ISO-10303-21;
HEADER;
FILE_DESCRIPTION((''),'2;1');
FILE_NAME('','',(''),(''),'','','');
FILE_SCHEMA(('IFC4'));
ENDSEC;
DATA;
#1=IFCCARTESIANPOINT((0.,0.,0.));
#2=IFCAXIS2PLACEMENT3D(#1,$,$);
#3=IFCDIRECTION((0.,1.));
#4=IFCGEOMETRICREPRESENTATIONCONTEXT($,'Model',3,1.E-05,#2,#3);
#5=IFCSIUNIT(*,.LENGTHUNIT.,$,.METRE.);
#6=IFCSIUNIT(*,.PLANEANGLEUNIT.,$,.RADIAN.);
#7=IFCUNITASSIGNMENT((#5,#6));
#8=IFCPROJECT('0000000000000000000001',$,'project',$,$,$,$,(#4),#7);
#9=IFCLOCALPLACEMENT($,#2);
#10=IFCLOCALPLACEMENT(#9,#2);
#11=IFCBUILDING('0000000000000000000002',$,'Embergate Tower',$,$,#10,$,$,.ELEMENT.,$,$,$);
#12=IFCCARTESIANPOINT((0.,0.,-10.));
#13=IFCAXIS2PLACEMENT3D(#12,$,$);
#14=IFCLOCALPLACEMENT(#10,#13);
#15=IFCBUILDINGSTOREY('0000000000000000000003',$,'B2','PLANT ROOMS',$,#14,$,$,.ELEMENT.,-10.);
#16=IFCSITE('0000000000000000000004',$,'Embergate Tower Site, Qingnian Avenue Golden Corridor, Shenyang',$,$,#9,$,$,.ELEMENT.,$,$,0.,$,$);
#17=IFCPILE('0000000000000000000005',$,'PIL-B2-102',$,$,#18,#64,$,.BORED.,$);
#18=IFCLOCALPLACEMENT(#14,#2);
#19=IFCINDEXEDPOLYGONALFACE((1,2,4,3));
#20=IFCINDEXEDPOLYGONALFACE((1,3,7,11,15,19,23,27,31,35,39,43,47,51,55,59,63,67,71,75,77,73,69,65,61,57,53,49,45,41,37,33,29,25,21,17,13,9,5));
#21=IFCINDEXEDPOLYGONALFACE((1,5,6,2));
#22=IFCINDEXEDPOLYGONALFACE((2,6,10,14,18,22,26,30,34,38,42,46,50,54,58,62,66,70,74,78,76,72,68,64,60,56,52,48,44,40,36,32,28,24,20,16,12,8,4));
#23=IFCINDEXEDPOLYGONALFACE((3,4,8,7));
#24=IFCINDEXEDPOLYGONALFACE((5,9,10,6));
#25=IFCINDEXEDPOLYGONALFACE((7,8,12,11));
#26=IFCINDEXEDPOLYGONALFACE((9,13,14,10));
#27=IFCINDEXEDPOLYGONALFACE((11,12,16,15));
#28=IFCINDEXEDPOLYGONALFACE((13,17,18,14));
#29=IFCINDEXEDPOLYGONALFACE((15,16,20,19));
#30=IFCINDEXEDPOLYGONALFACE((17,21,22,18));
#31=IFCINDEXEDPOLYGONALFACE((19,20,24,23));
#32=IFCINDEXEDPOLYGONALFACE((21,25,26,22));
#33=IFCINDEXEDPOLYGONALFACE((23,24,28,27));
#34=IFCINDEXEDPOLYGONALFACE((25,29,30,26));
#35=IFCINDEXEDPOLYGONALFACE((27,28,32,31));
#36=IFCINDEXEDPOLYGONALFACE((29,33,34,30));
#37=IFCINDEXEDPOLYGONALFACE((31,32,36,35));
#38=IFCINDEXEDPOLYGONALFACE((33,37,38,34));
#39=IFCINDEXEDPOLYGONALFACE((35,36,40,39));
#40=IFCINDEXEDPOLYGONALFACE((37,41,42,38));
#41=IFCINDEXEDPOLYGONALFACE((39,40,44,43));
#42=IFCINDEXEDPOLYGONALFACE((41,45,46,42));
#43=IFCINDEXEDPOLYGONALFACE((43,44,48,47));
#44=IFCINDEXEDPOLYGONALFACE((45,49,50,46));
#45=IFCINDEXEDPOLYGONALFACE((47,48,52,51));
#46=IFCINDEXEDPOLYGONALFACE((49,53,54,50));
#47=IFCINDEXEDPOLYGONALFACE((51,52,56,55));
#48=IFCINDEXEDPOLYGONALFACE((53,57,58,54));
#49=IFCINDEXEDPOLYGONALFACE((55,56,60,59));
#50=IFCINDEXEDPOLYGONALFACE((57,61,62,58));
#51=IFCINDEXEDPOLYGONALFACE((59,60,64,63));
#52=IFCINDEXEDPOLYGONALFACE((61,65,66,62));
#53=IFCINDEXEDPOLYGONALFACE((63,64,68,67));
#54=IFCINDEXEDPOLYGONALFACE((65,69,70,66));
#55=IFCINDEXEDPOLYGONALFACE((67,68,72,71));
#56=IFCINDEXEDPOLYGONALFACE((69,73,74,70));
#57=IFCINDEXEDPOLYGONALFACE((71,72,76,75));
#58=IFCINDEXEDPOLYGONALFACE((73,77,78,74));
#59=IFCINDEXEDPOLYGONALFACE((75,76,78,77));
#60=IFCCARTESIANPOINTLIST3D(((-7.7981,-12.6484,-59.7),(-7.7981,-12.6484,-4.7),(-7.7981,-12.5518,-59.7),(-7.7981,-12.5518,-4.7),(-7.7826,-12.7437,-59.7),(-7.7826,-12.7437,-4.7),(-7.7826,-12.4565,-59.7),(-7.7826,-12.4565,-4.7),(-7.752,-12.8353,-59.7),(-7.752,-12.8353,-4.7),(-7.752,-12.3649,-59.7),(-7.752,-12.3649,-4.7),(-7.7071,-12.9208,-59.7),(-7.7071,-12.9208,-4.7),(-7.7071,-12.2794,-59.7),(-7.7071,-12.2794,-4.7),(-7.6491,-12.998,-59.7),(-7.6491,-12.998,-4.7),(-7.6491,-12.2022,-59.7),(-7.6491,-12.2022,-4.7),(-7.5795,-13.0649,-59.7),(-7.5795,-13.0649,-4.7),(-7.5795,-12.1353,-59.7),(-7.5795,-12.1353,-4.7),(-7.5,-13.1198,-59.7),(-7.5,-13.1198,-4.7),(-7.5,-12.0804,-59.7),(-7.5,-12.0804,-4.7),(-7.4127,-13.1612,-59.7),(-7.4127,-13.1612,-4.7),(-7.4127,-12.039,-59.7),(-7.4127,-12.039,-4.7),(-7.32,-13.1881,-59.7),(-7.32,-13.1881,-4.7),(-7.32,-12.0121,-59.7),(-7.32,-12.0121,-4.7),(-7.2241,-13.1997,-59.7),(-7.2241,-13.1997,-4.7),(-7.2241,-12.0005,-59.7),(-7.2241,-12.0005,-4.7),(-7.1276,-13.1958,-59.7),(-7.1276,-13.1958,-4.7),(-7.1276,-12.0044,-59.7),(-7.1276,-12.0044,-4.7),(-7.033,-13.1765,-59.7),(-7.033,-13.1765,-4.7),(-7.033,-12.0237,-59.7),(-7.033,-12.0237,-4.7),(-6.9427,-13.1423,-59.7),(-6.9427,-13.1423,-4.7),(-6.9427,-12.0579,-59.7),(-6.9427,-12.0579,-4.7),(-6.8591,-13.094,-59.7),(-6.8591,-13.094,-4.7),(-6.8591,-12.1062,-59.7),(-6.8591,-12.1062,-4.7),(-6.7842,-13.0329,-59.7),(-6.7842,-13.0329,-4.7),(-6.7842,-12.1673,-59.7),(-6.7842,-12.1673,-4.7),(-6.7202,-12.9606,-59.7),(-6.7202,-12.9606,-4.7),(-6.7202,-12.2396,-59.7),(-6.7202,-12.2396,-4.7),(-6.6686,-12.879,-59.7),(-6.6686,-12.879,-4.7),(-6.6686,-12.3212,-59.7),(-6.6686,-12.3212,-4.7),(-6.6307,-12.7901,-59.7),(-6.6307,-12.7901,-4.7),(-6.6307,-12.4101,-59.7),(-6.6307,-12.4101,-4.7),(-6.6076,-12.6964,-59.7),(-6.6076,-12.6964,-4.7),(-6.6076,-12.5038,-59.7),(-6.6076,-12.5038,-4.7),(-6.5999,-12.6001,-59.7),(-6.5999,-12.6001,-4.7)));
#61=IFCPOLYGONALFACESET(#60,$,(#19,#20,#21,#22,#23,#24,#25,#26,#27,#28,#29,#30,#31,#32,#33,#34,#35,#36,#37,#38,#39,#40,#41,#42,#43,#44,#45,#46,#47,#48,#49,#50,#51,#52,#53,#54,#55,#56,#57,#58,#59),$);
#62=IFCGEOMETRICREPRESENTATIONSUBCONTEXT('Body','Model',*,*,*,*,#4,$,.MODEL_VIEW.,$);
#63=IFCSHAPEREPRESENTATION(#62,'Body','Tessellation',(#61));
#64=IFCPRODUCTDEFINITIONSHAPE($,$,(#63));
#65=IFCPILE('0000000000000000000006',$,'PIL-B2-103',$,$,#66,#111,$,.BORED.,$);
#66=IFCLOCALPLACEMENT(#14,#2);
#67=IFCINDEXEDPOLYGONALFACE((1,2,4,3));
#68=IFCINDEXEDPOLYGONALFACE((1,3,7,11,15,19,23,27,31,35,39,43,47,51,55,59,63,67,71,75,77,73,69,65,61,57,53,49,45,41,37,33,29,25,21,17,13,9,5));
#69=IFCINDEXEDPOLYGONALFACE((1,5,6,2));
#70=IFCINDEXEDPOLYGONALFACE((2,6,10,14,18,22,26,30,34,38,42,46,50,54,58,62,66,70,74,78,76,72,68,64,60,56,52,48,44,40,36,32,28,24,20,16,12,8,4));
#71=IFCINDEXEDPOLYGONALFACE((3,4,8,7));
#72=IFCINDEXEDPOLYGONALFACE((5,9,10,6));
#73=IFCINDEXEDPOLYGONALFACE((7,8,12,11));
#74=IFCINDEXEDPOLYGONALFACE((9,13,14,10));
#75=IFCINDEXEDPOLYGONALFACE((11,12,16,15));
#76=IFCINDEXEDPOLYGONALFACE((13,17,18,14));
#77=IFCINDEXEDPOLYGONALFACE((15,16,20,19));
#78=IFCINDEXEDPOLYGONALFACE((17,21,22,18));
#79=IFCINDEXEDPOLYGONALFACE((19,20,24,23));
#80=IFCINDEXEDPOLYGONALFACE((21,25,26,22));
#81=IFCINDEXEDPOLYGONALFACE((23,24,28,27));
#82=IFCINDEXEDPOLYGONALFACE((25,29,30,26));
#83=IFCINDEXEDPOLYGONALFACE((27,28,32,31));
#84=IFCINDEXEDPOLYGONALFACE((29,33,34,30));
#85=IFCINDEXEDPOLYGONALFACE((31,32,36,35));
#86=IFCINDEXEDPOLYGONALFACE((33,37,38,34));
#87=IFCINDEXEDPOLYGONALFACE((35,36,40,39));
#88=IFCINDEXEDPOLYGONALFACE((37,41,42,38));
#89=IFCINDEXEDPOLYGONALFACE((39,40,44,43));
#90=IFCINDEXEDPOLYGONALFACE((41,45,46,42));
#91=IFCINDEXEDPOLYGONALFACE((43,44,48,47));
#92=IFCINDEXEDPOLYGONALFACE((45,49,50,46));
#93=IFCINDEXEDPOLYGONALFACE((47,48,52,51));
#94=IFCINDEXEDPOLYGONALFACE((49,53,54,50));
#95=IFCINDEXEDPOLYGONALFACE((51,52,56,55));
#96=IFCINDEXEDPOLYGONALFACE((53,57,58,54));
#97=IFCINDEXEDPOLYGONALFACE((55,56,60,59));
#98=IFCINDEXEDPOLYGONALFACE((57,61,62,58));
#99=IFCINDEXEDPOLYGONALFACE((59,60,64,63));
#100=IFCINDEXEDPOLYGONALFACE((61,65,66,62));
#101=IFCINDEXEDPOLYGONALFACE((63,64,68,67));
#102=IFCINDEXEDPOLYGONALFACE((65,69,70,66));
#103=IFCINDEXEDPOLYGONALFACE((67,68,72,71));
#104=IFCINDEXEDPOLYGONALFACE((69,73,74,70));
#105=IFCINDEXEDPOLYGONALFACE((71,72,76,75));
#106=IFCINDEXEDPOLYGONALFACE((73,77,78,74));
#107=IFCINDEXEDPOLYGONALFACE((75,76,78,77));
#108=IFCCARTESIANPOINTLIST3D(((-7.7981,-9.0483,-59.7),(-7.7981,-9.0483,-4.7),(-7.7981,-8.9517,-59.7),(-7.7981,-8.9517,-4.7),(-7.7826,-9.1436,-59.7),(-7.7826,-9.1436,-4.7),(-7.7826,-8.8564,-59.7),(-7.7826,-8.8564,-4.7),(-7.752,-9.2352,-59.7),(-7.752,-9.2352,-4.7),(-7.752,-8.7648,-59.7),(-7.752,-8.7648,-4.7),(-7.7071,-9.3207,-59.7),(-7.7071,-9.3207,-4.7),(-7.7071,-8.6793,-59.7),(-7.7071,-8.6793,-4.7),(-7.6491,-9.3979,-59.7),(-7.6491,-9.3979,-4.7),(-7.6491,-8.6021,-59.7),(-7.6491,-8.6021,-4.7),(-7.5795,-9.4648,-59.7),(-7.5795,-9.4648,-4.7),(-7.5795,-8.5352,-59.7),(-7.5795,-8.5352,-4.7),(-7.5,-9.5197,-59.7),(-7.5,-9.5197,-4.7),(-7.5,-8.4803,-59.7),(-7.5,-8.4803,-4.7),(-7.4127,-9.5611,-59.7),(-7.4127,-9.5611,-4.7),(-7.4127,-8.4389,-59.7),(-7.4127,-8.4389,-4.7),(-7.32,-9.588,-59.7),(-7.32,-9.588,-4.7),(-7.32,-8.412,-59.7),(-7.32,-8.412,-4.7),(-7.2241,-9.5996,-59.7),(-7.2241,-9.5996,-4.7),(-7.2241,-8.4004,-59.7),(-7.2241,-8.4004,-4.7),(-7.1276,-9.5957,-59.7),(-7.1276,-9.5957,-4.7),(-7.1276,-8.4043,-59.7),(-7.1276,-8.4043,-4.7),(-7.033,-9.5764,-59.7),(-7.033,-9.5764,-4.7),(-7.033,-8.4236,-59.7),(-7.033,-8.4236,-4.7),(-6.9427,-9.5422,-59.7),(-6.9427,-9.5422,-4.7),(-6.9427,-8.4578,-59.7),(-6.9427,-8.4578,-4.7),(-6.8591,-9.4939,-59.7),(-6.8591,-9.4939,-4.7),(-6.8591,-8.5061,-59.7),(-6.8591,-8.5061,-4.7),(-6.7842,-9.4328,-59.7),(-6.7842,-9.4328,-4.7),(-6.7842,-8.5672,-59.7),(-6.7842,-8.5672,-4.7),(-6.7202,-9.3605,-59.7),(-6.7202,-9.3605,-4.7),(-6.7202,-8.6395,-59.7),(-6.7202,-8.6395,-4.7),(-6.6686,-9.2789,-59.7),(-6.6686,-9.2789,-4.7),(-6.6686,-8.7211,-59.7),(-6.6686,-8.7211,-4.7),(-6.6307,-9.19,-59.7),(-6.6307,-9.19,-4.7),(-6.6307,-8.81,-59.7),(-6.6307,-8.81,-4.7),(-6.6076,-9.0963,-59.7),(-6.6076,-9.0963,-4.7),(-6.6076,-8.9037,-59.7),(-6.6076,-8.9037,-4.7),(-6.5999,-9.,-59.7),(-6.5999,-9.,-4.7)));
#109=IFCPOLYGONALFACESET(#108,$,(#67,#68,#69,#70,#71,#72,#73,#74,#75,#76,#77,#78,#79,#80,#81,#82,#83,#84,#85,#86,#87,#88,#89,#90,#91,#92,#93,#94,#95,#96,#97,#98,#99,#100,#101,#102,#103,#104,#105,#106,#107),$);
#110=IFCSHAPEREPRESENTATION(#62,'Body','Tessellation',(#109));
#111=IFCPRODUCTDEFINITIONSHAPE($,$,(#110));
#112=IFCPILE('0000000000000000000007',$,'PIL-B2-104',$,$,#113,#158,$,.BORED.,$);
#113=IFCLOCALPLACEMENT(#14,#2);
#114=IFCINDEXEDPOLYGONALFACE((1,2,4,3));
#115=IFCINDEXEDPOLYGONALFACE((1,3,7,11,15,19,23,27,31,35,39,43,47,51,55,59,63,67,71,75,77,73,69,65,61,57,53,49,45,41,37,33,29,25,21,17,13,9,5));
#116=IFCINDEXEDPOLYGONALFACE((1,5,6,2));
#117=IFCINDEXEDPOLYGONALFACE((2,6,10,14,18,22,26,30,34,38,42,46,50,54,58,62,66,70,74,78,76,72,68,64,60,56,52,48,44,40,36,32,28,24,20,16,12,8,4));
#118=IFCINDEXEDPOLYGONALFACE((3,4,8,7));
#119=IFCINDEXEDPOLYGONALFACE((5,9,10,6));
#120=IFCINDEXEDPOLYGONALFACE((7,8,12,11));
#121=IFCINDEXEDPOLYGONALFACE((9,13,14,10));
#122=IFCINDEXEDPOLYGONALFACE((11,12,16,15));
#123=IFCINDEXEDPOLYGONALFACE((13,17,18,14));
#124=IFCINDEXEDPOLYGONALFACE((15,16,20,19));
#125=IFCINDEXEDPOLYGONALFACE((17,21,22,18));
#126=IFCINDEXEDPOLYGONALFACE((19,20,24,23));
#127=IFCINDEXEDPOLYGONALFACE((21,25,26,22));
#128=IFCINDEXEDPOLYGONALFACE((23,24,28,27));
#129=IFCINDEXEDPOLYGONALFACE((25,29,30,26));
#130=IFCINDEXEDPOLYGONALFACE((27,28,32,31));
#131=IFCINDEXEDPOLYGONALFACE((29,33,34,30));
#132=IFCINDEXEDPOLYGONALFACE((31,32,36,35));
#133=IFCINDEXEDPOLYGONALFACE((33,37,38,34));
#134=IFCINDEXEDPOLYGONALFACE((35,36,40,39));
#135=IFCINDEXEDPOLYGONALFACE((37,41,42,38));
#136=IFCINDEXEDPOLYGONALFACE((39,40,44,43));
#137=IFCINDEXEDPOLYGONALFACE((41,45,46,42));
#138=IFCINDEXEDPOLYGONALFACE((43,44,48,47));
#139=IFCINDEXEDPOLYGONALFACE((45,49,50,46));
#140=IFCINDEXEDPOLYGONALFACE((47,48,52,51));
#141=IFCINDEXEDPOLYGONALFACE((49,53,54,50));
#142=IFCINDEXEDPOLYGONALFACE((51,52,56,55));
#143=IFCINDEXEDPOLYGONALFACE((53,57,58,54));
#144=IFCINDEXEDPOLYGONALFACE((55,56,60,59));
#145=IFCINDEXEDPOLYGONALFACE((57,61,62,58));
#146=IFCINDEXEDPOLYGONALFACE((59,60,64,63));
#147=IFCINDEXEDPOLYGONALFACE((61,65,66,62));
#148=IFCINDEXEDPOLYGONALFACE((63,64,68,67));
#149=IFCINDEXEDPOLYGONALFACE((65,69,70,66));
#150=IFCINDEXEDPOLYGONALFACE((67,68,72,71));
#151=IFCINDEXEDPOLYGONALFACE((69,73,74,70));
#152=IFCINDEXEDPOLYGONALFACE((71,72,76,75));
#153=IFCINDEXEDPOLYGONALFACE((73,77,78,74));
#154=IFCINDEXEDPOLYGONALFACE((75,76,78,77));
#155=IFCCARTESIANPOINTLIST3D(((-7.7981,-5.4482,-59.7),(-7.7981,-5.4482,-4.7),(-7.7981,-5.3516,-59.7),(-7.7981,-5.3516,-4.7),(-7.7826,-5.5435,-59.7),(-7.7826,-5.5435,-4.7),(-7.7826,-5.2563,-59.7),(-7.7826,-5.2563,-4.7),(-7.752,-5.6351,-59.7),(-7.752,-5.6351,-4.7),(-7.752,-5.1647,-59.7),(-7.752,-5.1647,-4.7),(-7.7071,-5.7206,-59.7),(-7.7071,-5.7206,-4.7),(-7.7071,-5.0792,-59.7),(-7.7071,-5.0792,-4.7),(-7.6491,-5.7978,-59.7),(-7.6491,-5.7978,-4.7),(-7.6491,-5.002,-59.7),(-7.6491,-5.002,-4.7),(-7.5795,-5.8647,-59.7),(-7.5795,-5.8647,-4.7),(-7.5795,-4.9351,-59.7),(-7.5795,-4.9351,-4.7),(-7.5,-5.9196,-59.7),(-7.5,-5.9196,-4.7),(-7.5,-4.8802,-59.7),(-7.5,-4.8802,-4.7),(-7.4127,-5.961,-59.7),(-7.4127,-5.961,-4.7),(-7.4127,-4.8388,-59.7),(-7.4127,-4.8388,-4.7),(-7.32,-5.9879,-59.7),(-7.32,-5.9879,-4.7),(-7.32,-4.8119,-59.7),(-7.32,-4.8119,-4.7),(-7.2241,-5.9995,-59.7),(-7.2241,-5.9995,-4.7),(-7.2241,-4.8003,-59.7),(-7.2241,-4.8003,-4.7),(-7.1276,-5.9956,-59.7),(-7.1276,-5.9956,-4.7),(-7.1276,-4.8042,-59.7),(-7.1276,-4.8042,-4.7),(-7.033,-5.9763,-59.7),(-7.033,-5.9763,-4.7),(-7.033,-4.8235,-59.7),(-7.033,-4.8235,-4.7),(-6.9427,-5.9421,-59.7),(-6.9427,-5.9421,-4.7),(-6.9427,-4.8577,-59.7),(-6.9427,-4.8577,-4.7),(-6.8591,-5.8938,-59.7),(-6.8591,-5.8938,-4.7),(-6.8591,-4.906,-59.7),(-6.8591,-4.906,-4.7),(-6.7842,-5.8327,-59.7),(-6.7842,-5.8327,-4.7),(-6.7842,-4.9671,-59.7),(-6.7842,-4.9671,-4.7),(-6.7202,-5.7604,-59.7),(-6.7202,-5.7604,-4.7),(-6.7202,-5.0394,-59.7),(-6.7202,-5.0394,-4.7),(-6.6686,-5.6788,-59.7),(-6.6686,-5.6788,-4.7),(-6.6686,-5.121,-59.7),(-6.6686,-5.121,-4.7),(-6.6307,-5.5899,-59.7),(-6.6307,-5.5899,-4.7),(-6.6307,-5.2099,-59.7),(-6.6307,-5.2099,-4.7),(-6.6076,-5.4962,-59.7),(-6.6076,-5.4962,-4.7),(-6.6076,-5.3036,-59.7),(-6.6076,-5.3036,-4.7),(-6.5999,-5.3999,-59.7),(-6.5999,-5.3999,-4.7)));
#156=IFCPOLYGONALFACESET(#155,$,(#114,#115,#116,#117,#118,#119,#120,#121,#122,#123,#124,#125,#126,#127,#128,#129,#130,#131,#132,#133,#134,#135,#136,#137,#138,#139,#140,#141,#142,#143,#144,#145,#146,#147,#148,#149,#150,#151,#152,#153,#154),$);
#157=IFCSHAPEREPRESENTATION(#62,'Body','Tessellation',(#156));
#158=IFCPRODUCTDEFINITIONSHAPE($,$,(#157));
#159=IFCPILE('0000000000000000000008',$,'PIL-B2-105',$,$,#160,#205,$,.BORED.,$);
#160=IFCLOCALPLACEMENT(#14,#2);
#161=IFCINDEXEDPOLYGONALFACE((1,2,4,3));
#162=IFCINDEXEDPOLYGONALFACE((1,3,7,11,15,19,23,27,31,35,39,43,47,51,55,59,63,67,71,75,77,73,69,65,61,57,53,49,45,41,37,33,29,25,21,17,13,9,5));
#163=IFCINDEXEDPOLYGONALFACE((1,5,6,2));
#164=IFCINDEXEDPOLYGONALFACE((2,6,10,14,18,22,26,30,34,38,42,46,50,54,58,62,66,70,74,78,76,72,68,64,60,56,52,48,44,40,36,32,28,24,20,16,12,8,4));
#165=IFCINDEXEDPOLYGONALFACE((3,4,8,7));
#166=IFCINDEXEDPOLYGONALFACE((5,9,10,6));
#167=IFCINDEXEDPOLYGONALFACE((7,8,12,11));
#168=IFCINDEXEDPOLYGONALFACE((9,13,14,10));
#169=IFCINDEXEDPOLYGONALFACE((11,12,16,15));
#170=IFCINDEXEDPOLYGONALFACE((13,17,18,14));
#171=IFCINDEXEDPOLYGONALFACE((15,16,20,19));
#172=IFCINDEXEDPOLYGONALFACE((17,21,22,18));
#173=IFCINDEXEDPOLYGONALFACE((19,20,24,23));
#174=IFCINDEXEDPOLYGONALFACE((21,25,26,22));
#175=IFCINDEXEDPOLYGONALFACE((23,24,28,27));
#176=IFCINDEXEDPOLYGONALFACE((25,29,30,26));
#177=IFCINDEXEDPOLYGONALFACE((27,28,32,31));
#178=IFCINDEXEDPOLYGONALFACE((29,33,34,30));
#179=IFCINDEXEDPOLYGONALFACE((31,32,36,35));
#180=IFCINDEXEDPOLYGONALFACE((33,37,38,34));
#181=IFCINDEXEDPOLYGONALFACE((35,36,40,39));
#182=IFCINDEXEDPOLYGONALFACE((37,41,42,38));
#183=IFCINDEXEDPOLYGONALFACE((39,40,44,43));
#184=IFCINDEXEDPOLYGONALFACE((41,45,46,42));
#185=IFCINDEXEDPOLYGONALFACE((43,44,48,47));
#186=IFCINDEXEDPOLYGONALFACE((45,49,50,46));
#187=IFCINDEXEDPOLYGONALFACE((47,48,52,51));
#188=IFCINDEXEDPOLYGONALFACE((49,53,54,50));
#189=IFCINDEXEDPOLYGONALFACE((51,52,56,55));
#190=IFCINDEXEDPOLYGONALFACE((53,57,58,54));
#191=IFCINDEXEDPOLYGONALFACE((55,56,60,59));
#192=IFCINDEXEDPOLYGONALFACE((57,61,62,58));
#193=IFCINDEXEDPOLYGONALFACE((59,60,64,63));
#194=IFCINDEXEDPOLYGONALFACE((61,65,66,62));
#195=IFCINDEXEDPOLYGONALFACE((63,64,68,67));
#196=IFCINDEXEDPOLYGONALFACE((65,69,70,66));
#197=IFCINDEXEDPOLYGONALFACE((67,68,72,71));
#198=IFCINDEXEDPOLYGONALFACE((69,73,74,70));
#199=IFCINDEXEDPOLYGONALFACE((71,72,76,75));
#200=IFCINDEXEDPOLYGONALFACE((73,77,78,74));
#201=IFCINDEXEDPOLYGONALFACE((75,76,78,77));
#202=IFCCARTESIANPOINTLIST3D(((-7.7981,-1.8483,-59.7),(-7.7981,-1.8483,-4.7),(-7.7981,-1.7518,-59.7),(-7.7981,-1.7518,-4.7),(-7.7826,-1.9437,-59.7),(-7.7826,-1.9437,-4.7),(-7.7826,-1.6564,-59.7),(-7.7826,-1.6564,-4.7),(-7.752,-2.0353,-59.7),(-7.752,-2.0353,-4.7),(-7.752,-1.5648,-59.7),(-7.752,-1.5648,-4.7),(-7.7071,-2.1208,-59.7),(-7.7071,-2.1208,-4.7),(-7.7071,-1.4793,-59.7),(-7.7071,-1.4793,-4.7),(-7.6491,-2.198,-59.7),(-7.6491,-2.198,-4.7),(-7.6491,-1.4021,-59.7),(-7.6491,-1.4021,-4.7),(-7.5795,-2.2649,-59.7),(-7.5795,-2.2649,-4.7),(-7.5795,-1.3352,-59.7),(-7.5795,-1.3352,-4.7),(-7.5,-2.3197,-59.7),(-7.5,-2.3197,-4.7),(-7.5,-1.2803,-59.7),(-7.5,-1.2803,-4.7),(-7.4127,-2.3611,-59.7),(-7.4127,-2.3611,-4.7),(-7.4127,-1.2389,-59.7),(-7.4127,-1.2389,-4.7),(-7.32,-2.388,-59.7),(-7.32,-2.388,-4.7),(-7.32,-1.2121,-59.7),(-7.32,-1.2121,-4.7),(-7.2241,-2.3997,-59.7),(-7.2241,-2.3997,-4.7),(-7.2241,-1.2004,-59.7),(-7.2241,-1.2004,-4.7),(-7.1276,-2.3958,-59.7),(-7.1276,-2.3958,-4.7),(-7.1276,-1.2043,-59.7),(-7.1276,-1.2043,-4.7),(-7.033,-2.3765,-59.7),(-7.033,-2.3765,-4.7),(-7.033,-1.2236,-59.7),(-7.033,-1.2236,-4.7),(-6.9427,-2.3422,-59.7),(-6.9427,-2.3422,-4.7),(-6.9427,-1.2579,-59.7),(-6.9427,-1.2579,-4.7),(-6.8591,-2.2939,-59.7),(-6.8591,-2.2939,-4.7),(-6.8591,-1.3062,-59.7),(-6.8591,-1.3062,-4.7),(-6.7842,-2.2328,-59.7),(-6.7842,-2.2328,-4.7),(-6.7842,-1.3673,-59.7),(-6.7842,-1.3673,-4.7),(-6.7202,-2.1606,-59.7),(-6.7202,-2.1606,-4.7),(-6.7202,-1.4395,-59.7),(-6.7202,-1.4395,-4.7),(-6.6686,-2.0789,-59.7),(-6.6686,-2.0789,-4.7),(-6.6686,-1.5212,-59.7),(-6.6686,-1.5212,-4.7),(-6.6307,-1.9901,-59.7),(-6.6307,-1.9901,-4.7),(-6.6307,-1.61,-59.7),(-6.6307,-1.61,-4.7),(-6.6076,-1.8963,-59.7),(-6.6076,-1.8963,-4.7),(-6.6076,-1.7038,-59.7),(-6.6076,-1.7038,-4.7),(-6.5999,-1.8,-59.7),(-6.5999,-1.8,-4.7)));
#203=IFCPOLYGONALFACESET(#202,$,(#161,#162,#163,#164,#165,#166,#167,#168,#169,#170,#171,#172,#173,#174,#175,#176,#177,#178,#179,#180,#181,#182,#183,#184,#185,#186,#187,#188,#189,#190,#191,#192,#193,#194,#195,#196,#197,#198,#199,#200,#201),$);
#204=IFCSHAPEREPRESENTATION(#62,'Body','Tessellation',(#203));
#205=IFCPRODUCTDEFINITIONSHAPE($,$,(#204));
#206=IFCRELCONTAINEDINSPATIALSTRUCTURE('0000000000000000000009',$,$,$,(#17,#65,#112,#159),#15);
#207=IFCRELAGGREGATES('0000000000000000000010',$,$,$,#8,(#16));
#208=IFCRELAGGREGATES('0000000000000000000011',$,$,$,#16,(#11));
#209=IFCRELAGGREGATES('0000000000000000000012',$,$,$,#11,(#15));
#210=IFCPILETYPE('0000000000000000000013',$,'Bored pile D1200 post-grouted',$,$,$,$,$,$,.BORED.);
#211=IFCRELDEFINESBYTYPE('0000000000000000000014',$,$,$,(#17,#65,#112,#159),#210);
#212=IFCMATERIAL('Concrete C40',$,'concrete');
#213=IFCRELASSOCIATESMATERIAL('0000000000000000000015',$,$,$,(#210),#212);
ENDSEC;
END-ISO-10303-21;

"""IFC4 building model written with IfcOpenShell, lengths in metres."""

from ifc_helpers import new_model, si_unit, direction, frame, origin, origin_2d, place, context, subcontext, project, spatial, circle, extrude, source, transform, mapped, material, material_profile, profile_set, type_object, element, save


model = new_model("IFC4")

# Units and contexts
model_context = context("Model", 3, precision=1e-05, world=origin(), true_north=direction((0.0, 1.0)))
body_context = subcontext(model_context, "Body", "Model", "MODEL_VIEW")
ifc_project = project(units=[si_unit("LENGTHUNIT", "METRE"), si_unit("PLANEANGLEUNIT", "RADIAN")], contexts=[model_context])

# Site, building, storey
site_placement = place(None, origin())
site = spatial("IfcSite", under=ifc_project, at=site_placement, Name="Embergate Tower Site, Qingnian Avenue Golden Corridor, Shenyang", CompositionType="ELEMENT", RefElevation=0.0)
building_placement = place(site_placement, origin())
building = spatial("IfcBuilding", under=site, at=building_placement, Name="Embergate Tower", CompositionType="ELEMENT")
storey_placement = place(building_placement, frame((0.0, 0.0, -10.0)))
storey = spatial("IfcBuildingStorey", under=building, at=storey_placement, Name="B2", Description="PLANT ROOMS", CompositionType="ELEMENT", Elevation=-10.0)

# Piles
ifc_material_1 = material(Name="Concrete C40", Category="concrete")
ifc_material_profile = material_profile(ifc_material_1, circle(Radius=0.6001, at=origin_2d()), Name="D1200")
ifc_profile_set = profile_set([ifc_material_profile], Name="Concrete C40")
pile_type = type_object("IfcPileType", Name="Bored pile D1200 post-grouted", PredefinedType="BORED", material=ifc_profile_set)
shared_shape_1 = source(origin(), body_context, "Body", "SweptSolid", [
    extrude(circle(Radius=0.6001, at=origin_2d()), origin(), (0.0, 0.0, 1.0), 55.0),
])
for number, where, z_axis, x_axis, name in (
    (1, (-7.2, -12.6001, -4.7), (0.0, 0.0, -1.0), (1.0, 0.0, 0.0), "PIL-B2-102"),
    (2, (-7.2, -9.0, -4.7), (0.0, 0.0, -1.0), (1.0, 0.0, 0.0), "PIL-B2-103"),
    (3, (-7.2, -5.3999, -4.7), (0.0, 0.0, -1.0), (1.0, 0.0, 0.0), "PIL-B2-104"),
    (4, (-7.2, -1.8, -4.7), (0.0, 0.0, -1.0), (1.0, 0.0, 0.0), "PIL-B2-105"),
):
    element("IfcPile", number, at=place(storey_placement, frame(where, z_axis=z_axis, x_axis=x_axis)), inside=storey, type_object=pile_type, Name=name, PredefinedType="BORED", context=body_context, shape_type="MappedRepresentation", body=[
        mapped(shared_shape_1, transform((0.0, 0.0, 0.0))),
    ])

save(model, "model.ifc")
